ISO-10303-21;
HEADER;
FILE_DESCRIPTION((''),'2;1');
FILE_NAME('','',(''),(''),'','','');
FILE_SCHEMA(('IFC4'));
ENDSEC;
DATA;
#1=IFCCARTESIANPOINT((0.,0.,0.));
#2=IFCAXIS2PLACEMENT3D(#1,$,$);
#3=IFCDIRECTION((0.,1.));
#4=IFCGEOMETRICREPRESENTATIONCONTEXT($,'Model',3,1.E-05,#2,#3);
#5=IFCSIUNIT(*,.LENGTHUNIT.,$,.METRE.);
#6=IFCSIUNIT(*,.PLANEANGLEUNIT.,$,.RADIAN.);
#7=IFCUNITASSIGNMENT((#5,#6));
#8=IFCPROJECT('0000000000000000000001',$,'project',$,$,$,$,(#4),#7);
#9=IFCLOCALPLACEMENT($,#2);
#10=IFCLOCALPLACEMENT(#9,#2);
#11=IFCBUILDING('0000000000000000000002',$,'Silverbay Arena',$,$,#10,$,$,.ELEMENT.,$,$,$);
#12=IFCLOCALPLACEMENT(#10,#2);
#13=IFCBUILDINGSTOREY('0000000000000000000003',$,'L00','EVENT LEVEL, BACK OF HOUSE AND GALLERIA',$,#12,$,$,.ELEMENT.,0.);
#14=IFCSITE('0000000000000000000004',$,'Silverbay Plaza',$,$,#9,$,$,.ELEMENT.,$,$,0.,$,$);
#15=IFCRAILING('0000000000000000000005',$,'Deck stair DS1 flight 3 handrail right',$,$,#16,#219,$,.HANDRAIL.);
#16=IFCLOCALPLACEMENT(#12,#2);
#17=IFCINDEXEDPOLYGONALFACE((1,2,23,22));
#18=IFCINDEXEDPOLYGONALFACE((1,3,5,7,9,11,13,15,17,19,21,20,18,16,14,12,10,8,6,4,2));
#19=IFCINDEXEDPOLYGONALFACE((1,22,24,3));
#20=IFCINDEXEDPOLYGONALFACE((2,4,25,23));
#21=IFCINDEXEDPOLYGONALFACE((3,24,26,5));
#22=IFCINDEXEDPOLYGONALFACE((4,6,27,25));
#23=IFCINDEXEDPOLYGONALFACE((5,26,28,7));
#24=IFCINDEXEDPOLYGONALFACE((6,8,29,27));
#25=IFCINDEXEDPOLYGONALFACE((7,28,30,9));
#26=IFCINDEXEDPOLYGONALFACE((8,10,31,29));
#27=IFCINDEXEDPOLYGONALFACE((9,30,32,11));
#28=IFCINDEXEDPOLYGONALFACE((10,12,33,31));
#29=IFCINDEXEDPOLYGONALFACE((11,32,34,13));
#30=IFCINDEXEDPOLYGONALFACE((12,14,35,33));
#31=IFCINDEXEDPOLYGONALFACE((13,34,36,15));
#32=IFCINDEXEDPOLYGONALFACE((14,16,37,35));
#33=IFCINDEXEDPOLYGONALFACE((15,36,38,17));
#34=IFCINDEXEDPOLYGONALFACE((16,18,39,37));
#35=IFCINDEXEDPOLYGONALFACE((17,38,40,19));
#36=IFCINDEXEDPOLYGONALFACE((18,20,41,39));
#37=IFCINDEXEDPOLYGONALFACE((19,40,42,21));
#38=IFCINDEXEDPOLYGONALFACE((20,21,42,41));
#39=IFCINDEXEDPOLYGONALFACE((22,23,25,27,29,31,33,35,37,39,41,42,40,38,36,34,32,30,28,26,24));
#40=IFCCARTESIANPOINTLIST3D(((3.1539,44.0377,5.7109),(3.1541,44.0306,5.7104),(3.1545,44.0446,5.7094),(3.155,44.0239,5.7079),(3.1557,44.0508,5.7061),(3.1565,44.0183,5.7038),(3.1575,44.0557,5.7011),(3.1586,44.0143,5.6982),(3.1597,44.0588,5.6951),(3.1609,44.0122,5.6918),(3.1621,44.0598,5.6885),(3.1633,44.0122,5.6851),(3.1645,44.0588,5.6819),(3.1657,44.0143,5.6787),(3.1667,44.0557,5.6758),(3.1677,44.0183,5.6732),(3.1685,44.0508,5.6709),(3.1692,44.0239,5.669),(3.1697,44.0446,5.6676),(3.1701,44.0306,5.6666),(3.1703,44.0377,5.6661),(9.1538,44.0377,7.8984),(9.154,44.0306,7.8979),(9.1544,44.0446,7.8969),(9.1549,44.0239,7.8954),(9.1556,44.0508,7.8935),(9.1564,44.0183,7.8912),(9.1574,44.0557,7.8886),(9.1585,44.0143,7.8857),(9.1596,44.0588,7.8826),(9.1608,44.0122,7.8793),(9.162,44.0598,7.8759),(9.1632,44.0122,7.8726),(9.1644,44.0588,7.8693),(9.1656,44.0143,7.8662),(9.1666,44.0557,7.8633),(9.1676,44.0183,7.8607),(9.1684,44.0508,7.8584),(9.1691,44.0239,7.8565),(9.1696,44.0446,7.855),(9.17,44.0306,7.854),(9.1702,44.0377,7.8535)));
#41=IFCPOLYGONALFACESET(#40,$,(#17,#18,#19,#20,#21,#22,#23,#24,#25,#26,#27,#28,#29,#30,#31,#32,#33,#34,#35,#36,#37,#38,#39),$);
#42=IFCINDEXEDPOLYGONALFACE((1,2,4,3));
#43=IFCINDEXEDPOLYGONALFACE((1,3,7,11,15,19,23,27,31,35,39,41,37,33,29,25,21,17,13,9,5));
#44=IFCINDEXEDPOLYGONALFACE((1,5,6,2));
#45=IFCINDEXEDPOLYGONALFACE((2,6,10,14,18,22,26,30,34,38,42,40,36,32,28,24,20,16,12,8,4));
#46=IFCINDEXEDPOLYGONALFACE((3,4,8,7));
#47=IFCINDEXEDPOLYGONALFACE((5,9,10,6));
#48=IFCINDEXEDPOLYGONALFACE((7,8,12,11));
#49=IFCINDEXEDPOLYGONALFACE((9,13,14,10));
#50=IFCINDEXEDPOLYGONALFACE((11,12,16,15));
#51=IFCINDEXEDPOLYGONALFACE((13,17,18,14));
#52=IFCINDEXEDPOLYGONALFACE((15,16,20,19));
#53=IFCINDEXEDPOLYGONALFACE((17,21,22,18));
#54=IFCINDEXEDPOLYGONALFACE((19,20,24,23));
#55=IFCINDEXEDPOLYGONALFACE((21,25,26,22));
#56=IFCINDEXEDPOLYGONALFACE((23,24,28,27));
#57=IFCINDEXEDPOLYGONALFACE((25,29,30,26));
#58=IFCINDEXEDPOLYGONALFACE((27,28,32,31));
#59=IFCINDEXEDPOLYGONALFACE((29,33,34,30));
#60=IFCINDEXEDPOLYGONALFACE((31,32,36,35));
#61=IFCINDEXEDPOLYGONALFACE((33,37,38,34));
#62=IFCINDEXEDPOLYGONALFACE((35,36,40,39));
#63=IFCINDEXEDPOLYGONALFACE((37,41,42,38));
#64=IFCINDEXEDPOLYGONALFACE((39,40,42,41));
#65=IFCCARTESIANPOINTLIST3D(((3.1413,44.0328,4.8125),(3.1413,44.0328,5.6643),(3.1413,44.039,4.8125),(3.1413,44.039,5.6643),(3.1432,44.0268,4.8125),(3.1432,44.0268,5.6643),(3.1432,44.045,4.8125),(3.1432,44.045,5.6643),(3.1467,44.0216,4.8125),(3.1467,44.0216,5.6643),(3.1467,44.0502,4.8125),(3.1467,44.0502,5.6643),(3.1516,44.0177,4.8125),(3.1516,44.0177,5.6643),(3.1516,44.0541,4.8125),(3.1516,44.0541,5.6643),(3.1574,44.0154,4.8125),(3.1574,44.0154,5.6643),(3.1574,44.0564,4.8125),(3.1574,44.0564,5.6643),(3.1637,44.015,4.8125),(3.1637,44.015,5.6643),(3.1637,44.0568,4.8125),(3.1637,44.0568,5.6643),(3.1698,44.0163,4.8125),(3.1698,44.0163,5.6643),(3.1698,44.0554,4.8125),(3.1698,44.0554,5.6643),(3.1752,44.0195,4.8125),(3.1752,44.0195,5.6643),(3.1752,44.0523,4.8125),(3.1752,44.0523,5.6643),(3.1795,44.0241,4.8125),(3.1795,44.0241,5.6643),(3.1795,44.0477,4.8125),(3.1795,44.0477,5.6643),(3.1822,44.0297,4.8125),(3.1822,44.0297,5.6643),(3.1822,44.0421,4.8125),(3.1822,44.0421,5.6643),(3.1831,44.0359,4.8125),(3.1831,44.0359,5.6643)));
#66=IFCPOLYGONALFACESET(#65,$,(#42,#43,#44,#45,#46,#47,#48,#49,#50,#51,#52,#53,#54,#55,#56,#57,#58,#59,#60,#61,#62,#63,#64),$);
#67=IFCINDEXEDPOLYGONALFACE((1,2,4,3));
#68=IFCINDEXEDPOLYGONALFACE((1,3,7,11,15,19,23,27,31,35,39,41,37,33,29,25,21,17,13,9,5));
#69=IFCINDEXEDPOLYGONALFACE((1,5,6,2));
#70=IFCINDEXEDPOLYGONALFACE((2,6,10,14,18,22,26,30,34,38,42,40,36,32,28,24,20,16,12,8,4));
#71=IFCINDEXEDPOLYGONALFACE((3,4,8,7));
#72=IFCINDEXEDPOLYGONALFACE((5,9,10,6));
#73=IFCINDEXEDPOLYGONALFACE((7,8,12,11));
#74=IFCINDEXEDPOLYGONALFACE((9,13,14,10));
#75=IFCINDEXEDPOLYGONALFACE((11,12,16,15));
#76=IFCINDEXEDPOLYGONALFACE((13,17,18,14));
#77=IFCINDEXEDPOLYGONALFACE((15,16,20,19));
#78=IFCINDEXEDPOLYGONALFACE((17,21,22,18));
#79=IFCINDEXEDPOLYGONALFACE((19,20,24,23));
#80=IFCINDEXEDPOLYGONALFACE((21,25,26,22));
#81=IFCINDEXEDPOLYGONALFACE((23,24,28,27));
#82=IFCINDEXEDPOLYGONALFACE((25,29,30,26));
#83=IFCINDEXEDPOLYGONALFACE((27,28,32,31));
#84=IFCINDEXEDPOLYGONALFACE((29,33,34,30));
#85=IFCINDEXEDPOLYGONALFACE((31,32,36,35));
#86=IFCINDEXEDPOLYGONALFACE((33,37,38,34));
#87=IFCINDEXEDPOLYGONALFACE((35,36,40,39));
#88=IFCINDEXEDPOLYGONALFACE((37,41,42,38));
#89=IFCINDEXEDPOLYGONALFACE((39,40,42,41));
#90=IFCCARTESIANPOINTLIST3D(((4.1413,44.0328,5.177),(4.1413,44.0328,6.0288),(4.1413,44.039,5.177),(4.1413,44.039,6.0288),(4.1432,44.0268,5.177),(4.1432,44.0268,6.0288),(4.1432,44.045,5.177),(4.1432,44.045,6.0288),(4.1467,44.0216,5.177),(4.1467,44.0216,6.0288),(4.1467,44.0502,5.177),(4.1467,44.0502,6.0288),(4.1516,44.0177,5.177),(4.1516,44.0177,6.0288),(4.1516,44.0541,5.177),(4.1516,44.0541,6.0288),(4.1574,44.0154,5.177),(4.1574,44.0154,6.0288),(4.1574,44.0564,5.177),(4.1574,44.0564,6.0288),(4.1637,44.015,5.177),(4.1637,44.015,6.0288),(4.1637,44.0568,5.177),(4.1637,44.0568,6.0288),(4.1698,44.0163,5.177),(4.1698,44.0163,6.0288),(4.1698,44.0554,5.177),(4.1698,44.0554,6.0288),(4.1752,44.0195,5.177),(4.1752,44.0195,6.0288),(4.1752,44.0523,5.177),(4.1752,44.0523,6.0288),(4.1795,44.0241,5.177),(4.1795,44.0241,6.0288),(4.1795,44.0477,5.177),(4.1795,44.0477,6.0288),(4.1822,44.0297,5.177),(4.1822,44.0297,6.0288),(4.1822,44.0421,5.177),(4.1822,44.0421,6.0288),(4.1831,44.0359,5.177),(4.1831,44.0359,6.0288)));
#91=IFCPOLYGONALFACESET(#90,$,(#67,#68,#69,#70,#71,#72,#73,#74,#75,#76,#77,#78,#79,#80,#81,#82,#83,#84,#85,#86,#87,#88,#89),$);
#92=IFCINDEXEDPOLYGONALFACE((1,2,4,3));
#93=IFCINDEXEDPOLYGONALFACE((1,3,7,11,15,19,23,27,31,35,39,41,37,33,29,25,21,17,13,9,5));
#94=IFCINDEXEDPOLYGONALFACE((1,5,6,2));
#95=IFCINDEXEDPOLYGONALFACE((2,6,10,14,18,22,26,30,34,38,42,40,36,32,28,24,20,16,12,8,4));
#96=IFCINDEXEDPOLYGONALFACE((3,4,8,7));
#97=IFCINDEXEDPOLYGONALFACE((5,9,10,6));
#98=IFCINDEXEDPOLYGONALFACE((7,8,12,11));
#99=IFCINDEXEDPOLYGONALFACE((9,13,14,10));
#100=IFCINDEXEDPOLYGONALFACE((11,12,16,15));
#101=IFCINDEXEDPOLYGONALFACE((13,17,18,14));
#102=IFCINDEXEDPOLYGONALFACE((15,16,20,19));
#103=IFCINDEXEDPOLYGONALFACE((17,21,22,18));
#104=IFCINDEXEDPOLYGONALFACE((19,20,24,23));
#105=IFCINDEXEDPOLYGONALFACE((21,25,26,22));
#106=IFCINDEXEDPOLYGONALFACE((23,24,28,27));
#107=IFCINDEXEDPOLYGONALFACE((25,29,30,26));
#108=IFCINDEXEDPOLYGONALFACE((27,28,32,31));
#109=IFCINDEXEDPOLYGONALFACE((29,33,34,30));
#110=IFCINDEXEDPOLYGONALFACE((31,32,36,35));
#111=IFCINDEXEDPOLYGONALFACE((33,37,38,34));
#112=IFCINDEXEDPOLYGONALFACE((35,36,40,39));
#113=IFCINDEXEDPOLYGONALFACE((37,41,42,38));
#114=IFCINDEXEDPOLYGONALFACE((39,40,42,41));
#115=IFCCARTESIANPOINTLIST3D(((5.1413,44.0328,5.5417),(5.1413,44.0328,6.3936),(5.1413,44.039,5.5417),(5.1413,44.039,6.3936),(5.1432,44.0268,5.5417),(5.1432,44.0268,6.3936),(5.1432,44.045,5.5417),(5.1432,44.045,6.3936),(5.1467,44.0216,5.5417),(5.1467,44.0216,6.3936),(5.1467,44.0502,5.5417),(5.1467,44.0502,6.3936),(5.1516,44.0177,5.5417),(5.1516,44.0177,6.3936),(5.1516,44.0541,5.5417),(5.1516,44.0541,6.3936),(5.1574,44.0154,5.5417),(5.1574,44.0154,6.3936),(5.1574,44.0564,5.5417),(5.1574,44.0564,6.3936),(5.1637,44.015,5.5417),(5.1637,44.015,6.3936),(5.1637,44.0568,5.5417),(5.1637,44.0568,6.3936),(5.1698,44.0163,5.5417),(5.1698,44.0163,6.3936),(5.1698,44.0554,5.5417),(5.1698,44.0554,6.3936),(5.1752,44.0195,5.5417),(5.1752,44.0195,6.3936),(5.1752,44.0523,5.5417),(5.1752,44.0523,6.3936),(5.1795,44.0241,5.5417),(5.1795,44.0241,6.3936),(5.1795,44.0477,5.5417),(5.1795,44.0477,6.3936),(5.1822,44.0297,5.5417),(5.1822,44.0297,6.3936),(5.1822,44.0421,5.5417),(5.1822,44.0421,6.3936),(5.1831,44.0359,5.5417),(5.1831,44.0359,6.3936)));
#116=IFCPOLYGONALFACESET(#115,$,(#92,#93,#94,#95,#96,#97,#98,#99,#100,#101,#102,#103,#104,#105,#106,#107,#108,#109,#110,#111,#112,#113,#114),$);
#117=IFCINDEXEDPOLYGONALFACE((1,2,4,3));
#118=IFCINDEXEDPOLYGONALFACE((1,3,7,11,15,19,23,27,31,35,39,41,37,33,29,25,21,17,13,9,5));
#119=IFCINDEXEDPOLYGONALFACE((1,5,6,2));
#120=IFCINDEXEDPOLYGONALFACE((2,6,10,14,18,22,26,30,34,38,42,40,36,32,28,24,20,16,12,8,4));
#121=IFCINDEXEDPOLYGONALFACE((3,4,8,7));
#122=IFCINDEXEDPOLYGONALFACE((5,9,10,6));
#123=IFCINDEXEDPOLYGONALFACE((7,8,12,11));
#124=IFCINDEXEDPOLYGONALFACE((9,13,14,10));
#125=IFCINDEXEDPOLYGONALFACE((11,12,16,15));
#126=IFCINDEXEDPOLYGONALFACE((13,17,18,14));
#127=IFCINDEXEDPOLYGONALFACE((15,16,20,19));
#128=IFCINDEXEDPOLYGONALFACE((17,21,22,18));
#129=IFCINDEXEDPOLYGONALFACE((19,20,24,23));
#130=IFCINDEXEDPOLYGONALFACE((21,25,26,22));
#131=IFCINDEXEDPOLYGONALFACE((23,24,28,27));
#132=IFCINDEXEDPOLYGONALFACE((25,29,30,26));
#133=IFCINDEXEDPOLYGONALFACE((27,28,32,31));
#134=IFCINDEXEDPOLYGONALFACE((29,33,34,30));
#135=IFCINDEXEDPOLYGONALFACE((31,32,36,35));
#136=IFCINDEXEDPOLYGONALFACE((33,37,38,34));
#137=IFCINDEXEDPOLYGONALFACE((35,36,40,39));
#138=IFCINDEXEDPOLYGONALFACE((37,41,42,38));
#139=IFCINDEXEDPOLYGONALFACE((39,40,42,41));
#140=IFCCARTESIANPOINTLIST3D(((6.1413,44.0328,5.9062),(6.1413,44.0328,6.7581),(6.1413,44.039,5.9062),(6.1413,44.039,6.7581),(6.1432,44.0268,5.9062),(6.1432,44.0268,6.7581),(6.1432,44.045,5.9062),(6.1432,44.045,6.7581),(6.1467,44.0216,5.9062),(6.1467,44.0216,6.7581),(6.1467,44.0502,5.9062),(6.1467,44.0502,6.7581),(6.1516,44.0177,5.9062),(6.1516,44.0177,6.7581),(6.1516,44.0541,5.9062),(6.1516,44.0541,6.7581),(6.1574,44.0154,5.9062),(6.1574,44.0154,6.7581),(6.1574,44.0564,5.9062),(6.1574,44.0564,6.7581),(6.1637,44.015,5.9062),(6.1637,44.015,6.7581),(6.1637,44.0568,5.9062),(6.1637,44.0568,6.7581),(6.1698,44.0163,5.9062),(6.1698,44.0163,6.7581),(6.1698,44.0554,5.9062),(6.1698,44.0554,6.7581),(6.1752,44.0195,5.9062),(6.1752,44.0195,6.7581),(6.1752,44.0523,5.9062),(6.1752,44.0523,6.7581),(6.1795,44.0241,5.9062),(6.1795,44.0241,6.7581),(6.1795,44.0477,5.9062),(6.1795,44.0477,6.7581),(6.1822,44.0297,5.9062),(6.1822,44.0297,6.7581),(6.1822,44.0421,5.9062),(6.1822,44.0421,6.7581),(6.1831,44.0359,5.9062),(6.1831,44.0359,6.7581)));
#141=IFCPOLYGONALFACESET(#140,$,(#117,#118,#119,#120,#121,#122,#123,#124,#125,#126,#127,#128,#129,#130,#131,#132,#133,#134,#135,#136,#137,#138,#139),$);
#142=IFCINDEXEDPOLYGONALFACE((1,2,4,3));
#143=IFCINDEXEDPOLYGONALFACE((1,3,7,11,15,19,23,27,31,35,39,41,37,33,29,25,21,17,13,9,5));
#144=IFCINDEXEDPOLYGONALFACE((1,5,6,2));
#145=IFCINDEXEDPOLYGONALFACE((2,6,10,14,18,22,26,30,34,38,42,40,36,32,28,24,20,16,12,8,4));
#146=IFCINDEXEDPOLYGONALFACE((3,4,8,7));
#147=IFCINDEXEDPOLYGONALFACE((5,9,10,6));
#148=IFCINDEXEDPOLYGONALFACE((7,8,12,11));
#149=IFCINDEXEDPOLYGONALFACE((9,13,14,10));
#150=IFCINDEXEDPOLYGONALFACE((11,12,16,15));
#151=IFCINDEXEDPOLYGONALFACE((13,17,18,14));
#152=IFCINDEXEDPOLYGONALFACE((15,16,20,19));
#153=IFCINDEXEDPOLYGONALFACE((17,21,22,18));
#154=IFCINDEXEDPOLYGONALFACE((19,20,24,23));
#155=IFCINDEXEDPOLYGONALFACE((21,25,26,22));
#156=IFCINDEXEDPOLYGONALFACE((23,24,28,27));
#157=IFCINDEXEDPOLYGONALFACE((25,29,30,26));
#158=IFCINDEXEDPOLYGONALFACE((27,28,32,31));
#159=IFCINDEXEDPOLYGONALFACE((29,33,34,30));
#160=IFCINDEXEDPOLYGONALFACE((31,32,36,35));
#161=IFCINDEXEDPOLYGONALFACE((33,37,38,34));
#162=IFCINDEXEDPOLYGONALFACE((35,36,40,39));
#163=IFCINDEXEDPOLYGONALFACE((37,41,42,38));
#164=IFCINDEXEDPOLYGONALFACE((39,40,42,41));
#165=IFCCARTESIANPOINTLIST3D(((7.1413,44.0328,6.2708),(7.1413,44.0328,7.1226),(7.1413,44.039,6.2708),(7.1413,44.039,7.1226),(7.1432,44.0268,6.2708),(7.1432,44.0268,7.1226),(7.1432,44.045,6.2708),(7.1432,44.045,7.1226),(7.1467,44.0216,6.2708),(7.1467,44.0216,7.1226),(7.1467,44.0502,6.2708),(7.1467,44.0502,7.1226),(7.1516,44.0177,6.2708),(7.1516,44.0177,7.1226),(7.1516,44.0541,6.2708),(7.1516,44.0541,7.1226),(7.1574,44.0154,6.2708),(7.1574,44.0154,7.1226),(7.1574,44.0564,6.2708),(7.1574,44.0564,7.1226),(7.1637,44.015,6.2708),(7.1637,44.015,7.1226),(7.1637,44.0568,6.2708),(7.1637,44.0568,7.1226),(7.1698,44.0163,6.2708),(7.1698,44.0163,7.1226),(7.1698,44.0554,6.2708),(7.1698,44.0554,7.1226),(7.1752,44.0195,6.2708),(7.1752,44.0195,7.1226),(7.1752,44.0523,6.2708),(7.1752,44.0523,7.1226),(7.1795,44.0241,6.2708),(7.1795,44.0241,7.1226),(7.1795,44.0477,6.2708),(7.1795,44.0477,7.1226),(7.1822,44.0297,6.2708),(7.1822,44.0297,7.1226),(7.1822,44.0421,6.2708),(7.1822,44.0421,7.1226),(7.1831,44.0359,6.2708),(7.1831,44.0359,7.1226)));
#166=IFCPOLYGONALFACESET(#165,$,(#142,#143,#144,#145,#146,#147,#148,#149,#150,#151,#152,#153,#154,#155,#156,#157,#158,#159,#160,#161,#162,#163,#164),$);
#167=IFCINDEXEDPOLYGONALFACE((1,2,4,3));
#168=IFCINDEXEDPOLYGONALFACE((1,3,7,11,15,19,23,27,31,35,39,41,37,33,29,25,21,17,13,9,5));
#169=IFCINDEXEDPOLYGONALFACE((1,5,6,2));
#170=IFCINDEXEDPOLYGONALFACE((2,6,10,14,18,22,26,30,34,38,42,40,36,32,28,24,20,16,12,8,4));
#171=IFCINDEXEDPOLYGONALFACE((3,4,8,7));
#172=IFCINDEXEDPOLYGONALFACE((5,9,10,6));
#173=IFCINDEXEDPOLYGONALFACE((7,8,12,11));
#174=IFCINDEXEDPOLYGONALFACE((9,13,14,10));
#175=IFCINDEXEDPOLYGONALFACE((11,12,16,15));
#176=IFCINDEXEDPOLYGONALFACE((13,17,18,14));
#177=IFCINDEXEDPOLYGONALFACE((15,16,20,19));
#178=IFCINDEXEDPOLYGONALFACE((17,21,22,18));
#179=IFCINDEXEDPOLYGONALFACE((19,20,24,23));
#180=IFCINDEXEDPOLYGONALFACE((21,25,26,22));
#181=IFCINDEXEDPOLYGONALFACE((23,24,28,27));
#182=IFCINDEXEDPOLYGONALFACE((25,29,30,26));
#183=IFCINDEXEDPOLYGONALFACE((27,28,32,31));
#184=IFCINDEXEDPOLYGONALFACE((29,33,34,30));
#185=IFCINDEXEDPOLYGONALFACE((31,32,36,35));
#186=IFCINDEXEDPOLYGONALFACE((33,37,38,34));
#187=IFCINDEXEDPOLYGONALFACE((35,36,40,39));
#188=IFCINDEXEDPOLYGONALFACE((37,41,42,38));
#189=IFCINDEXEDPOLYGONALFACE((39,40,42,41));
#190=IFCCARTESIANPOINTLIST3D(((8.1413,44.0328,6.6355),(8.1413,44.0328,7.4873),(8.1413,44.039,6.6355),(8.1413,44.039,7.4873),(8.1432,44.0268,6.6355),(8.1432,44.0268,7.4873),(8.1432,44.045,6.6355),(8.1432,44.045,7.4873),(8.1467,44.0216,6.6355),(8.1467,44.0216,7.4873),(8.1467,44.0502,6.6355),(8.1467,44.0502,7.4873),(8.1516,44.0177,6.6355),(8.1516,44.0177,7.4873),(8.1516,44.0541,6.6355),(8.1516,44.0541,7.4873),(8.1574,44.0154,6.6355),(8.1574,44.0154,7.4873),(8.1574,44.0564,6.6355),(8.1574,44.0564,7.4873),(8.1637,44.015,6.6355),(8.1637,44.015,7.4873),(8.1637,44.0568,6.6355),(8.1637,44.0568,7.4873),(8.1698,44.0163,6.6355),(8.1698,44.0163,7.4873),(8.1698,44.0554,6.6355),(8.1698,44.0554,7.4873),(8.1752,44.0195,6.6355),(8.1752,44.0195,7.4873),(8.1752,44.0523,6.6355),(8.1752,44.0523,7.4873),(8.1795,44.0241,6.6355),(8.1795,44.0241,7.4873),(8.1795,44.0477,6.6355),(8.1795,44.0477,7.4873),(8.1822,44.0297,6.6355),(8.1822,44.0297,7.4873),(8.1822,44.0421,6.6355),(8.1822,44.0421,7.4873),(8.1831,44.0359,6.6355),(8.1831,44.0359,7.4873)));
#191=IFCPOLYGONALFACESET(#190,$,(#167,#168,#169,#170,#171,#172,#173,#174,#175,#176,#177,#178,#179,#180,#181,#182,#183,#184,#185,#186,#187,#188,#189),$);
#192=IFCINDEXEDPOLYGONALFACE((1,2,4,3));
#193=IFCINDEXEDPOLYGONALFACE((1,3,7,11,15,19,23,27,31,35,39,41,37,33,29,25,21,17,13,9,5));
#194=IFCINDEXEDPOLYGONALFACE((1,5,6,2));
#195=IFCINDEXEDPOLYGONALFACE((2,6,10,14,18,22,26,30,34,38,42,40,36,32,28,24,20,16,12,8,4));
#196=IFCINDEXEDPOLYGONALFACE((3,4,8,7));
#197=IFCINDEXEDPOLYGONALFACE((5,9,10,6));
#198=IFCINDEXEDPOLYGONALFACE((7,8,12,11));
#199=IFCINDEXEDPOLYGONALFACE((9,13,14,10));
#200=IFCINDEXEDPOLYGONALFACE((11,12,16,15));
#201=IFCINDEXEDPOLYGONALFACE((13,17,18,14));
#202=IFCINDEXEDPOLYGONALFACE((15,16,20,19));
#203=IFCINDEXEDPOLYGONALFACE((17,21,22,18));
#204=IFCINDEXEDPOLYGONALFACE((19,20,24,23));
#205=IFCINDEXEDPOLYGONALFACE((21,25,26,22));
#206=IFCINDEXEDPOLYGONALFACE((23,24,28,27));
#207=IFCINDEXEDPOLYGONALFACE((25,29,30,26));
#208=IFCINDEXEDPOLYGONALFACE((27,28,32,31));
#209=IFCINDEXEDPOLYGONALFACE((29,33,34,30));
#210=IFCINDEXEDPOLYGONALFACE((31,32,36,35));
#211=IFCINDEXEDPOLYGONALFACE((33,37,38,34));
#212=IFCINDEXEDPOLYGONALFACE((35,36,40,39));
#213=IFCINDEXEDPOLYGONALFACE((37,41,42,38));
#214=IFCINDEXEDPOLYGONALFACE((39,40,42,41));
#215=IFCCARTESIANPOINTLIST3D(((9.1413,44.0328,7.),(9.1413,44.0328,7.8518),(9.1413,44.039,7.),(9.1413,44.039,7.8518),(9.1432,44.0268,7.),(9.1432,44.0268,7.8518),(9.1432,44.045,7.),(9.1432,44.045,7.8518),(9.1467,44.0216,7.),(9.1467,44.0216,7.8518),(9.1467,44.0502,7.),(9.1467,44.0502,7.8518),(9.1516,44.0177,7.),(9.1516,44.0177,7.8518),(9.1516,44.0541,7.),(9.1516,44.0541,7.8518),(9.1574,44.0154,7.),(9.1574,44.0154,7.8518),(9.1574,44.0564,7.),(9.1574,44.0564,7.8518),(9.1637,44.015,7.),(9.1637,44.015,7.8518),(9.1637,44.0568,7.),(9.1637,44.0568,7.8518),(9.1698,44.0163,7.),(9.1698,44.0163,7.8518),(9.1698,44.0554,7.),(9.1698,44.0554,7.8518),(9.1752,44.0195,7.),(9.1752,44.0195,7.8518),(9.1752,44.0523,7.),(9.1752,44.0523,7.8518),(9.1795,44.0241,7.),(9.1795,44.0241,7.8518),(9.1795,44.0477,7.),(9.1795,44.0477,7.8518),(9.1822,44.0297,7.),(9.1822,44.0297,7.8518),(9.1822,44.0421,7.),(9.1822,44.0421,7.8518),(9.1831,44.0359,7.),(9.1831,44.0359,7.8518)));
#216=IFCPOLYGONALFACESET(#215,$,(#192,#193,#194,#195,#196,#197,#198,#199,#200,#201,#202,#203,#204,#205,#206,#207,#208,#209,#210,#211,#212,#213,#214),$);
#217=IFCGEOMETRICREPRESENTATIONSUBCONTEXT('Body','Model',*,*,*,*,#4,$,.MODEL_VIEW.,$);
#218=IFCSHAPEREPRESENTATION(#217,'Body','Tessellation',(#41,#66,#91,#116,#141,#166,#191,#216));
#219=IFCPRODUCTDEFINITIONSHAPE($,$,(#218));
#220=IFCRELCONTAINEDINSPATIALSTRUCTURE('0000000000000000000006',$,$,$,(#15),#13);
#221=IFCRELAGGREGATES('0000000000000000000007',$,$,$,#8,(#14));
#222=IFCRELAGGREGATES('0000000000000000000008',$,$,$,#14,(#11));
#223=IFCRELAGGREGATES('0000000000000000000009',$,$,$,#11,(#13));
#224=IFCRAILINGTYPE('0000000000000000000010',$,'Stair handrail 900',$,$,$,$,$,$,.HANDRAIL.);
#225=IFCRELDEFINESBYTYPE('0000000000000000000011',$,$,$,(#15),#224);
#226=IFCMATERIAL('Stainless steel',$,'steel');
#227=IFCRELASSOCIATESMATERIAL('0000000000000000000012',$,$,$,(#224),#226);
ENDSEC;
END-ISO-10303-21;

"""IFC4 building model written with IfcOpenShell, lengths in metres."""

from ifc_helpers import new_model, si_unit, direction, frame, origin, origin_2d, place, context, subcontext, project, spatial, circle, extrude, material, type_object, element, save


model = new_model("IFC4")

# Units and contexts
model_context = context("Model", 3, precision=1e-05, world=origin(), true_north=direction((0.0, 1.0)))
body_context = subcontext(model_context, "Body", "Model", "MODEL_VIEW")
ifc_project = project(units=[si_unit("LENGTHUNIT", "METRE"), si_unit("PLANEANGLEUNIT", "RADIAN")], contexts=[model_context])

# Site, building, storey
site_placement = place(None, origin())
site = spatial("IfcSite", under=ifc_project, at=site_placement, Name="Silverbay Plaza", CompositionType="ELEMENT", RefElevation=0.0)
building_placement = place(site_placement, origin())
building = spatial("IfcBuilding", under=site, at=building_placement, Name="Silverbay Arena", CompositionType="ELEMENT")
storey_placement = place(building_placement, origin())
storey = spatial("IfcBuildingStorey", under=building, at=storey_placement, Name="L00", Description="EVENT LEVEL, BACK OF HOUSE AND GALLERIA", CompositionType="ELEMENT", Elevation=0.0)

# Railing
ifc_material_1 = material(Name="Stainless steel", Category="steel")
railing_type_1 = type_object("IfcRailingType", Name="Stair handrail 900", PredefinedType="HANDRAIL", material=ifc_material_1)
for number, where, name in (
    (1, (3.1621, 44.0359, 4.8125), "Deck stair DS1 flight 3 handrail right"),
):
    element("IfcRailing", number, at=place(storey_placement, frame(where)), inside=storey, type_object=railing_type_1, Name=name, PredefinedType="HANDRAIL", context=body_context, shape_type="SweptSolid", body=[
        extrude(circle(Radius=0.0239, at=origin_2d()), frame((0.0, 0.0, 0.876), z_axis=(0.939507, 0.0, 0.342529), x_axis=(0.0, 1.0, 0.0)), (0.0, 0.0, 1.0), 6.3862),
        extrude(circle(Radius=0.021, at=origin_2d()), origin(), (0.0, 0.0, 1.0), 0.8518),
        extrude(circle(Radius=0.021, at=origin_2d()), frame((1.0, 0.0, 0.3645)), (0.0, 0.0, 1.0), 0.8518),
        extrude(circle(Radius=0.021, at=origin_2d()), frame((2.0, 0.0, 0.7292)), (0.0, 0.0, 1.0), 0.8518),
        extrude(circle(Radius=0.021, at=origin_2d()), frame((3.0, 0.0, 1.0938)), (0.0, 0.0, 1.0), 0.8518),
        extrude(circle(Radius=0.021, at=origin_2d()), frame((4.0, 0.0, 1.4583)), (0.0, 0.0, 1.0), 0.8518),
        extrude(circle(Radius=0.021, at=origin_2d()), frame((5.0, 0.0, 1.823)), (0.0, 0.0, 1.0), 0.8518),
        extrude(circle(Radius=0.021, at=origin_2d()), frame((6.0, 0.0, 2.1875)), (0.0, 0.0, 1.0), 0.8518),
    ])

save(model, "model.ifc")
